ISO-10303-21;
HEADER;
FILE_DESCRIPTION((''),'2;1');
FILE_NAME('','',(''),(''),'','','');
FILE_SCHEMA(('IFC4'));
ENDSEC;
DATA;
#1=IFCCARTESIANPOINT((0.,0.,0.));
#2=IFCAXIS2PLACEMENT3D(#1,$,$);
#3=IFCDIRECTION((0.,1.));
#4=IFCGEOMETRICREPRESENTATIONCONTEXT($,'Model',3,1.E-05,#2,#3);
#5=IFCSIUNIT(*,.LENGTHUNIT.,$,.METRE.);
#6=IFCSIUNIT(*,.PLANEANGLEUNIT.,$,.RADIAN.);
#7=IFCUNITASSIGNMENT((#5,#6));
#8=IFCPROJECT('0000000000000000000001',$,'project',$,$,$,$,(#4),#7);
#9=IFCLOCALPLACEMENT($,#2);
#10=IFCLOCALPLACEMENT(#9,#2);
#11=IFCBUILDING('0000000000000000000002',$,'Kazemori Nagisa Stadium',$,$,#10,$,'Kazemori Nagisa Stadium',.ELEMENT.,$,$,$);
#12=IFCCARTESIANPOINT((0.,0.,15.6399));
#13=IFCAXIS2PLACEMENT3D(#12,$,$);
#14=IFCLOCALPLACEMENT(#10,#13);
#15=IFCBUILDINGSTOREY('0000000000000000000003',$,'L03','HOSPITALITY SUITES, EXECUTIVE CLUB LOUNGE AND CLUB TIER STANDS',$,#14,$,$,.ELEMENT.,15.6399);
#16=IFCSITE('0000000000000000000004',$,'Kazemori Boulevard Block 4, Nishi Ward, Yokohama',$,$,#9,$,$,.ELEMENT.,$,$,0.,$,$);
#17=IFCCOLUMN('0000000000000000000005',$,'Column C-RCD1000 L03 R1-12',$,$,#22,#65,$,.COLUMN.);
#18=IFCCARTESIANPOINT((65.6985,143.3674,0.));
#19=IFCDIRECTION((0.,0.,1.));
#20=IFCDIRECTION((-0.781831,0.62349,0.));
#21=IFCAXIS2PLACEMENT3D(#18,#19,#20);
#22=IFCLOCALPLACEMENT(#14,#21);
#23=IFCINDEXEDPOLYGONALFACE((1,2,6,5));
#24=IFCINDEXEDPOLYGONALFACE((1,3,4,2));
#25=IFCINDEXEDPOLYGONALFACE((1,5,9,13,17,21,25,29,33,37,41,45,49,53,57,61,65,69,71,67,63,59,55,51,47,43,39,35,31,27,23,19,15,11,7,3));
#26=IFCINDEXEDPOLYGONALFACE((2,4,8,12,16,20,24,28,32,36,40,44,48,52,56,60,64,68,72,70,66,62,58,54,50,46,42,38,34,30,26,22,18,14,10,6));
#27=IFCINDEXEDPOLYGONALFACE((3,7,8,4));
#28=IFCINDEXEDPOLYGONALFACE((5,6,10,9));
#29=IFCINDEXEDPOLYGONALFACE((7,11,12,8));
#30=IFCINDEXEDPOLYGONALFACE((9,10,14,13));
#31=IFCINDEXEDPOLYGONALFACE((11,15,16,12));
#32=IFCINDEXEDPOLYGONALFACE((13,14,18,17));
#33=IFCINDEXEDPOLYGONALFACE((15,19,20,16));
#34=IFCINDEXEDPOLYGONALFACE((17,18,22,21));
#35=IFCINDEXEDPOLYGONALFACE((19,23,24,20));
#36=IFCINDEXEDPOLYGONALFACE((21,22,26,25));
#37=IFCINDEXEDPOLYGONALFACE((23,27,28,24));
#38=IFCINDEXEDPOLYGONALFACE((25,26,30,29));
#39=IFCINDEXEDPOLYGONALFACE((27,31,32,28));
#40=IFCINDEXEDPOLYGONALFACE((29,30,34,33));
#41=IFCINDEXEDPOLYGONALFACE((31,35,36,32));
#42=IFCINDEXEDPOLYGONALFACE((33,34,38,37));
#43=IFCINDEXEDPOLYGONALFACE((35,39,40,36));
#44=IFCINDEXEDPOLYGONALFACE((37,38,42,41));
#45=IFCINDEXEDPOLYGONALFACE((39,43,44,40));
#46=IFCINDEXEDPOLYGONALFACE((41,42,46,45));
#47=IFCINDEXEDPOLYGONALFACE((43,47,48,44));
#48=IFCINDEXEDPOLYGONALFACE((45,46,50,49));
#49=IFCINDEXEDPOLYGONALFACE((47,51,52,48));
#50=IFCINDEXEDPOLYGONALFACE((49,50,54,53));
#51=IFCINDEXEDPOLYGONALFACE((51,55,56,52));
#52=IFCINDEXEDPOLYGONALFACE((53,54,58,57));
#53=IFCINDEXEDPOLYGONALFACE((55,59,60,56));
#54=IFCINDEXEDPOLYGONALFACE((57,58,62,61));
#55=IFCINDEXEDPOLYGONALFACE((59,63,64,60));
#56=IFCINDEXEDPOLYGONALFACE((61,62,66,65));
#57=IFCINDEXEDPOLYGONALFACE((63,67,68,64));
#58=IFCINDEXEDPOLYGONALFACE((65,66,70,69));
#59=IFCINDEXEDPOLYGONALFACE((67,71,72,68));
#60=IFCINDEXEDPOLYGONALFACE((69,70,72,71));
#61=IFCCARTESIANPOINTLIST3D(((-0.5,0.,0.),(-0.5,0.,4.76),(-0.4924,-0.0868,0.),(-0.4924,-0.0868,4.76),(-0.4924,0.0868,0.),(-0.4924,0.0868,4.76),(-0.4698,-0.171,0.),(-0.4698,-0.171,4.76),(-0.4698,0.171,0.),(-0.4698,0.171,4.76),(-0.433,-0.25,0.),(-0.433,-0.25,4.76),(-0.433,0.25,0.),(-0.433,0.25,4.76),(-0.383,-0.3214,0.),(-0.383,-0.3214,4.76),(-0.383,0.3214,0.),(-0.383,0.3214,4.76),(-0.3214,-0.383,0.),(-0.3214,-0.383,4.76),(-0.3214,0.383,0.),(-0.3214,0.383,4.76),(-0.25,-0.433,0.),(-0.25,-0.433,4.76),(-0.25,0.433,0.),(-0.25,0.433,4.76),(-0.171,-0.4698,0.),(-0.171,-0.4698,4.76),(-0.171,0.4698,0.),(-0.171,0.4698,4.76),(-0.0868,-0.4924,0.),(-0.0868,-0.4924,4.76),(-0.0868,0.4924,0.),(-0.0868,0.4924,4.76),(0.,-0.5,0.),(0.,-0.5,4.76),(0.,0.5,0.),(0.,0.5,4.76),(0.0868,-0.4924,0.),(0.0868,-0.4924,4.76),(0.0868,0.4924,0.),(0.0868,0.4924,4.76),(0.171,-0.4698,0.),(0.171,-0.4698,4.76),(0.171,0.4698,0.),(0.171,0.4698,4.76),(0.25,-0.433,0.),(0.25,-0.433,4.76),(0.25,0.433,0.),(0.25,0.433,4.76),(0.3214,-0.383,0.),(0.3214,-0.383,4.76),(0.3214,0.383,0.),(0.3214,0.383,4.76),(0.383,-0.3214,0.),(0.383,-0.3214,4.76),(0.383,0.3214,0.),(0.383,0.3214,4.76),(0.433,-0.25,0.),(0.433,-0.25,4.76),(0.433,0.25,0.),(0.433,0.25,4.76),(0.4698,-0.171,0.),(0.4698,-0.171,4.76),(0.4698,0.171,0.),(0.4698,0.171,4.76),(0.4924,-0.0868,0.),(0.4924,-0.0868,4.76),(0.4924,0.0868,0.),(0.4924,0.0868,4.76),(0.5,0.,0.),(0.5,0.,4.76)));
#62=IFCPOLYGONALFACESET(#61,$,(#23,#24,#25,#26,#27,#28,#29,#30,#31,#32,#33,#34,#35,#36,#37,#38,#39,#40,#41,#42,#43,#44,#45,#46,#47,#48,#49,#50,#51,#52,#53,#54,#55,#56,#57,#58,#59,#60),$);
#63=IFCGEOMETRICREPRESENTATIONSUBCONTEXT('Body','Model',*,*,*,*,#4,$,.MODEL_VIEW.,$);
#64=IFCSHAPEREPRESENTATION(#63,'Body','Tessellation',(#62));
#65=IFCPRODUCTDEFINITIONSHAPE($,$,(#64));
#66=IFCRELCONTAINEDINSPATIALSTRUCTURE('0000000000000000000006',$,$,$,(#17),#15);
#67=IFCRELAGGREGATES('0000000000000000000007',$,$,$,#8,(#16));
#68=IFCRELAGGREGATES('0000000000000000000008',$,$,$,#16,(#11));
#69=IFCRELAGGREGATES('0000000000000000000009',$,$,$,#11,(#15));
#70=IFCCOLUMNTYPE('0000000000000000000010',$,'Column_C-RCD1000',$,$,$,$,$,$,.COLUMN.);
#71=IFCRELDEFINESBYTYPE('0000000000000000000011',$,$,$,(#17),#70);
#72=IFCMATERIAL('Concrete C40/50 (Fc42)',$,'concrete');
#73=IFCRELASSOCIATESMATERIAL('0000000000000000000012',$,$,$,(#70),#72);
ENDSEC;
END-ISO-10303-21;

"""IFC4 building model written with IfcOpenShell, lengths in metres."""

from ifc_helpers import new_model, si_unit, direction, frame, origin, origin_2d, place, context, subcontext, project, spatial, circle, extrude, material, material_profile, profile_set, type_object, element, save


model = new_model("IFC4")

# Units and contexts
model_context = context("Model", 3, precision=1e-05, world=origin(), true_north=direction((0.0, 1.0)))
body_context = subcontext(model_context, "Body", "Model", "MODEL_VIEW")
ifc_project = project(units=[si_unit("LENGTHUNIT", "METRE"), si_unit("PLANEANGLEUNIT", "RADIAN")], contexts=[model_context])

# Site, building, storey
site_placement = place(None, origin())
site = spatial("IfcSite", under=ifc_project, at=site_placement, Name="Kazemori Boulevard Block 4, Nishi Ward, Yokohama", CompositionType="ELEMENT", RefElevation=0.0)
building_placement = place(site_placement, origin())
building = spatial("IfcBuilding", under=site, at=building_placement, Name="Kazemori Nagisa Stadium", LongName="Kazemori Nagisa Stadium", CompositionType="ELEMENT")
storey_placement = place(building_placement, frame((0.0, 0.0, 15.6399)))
storey = spatial("IfcBuildingStorey", under=building, at=storey_placement, Name="L03", Description="HOSPITALITY SUITES, EXECUTIVE CLUB LOUNGE AND CLUB TIER STANDS", CompositionType="ELEMENT", Elevation=15.6399)

# Column
ifc_material_1 = material(Name="Concrete C40/50 (Fc42)", Category="concrete")
ifc_material_profile_1 = material_profile(ifc_material_1, circle(Radius=0.5, at=origin_2d()), Name="RC-COL-D1000")
ifc_profile_set_1 = profile_set([ifc_material_profile_1], Name="Concrete C40/50 (Fc42)")
column_type = type_object("IfcColumnType", Name="Column_C-RCD1000", PredefinedType="COLUMN", material=ifc_profile_set_1)
column_placement = place(storey_placement, frame((65.6985, 143.3674, 0.0), z_axis=(0.0, 0.0, 1.0), x_axis=(-0.781831, 0.62349, 0.0)))
element("IfcColumn", 1, at=column_placement, inside=storey, type_object=column_type, Name="Column C-RCD1000 L03 R1-12", PredefinedType="COLUMN", context=body_context, shape_type="SweptSolid", body=[
    extrude(circle(Radius=0.5, at=origin_2d()), origin(), (0.0, 0.0, 1.0), 4.76),
])

save(model, "model.ifc")
